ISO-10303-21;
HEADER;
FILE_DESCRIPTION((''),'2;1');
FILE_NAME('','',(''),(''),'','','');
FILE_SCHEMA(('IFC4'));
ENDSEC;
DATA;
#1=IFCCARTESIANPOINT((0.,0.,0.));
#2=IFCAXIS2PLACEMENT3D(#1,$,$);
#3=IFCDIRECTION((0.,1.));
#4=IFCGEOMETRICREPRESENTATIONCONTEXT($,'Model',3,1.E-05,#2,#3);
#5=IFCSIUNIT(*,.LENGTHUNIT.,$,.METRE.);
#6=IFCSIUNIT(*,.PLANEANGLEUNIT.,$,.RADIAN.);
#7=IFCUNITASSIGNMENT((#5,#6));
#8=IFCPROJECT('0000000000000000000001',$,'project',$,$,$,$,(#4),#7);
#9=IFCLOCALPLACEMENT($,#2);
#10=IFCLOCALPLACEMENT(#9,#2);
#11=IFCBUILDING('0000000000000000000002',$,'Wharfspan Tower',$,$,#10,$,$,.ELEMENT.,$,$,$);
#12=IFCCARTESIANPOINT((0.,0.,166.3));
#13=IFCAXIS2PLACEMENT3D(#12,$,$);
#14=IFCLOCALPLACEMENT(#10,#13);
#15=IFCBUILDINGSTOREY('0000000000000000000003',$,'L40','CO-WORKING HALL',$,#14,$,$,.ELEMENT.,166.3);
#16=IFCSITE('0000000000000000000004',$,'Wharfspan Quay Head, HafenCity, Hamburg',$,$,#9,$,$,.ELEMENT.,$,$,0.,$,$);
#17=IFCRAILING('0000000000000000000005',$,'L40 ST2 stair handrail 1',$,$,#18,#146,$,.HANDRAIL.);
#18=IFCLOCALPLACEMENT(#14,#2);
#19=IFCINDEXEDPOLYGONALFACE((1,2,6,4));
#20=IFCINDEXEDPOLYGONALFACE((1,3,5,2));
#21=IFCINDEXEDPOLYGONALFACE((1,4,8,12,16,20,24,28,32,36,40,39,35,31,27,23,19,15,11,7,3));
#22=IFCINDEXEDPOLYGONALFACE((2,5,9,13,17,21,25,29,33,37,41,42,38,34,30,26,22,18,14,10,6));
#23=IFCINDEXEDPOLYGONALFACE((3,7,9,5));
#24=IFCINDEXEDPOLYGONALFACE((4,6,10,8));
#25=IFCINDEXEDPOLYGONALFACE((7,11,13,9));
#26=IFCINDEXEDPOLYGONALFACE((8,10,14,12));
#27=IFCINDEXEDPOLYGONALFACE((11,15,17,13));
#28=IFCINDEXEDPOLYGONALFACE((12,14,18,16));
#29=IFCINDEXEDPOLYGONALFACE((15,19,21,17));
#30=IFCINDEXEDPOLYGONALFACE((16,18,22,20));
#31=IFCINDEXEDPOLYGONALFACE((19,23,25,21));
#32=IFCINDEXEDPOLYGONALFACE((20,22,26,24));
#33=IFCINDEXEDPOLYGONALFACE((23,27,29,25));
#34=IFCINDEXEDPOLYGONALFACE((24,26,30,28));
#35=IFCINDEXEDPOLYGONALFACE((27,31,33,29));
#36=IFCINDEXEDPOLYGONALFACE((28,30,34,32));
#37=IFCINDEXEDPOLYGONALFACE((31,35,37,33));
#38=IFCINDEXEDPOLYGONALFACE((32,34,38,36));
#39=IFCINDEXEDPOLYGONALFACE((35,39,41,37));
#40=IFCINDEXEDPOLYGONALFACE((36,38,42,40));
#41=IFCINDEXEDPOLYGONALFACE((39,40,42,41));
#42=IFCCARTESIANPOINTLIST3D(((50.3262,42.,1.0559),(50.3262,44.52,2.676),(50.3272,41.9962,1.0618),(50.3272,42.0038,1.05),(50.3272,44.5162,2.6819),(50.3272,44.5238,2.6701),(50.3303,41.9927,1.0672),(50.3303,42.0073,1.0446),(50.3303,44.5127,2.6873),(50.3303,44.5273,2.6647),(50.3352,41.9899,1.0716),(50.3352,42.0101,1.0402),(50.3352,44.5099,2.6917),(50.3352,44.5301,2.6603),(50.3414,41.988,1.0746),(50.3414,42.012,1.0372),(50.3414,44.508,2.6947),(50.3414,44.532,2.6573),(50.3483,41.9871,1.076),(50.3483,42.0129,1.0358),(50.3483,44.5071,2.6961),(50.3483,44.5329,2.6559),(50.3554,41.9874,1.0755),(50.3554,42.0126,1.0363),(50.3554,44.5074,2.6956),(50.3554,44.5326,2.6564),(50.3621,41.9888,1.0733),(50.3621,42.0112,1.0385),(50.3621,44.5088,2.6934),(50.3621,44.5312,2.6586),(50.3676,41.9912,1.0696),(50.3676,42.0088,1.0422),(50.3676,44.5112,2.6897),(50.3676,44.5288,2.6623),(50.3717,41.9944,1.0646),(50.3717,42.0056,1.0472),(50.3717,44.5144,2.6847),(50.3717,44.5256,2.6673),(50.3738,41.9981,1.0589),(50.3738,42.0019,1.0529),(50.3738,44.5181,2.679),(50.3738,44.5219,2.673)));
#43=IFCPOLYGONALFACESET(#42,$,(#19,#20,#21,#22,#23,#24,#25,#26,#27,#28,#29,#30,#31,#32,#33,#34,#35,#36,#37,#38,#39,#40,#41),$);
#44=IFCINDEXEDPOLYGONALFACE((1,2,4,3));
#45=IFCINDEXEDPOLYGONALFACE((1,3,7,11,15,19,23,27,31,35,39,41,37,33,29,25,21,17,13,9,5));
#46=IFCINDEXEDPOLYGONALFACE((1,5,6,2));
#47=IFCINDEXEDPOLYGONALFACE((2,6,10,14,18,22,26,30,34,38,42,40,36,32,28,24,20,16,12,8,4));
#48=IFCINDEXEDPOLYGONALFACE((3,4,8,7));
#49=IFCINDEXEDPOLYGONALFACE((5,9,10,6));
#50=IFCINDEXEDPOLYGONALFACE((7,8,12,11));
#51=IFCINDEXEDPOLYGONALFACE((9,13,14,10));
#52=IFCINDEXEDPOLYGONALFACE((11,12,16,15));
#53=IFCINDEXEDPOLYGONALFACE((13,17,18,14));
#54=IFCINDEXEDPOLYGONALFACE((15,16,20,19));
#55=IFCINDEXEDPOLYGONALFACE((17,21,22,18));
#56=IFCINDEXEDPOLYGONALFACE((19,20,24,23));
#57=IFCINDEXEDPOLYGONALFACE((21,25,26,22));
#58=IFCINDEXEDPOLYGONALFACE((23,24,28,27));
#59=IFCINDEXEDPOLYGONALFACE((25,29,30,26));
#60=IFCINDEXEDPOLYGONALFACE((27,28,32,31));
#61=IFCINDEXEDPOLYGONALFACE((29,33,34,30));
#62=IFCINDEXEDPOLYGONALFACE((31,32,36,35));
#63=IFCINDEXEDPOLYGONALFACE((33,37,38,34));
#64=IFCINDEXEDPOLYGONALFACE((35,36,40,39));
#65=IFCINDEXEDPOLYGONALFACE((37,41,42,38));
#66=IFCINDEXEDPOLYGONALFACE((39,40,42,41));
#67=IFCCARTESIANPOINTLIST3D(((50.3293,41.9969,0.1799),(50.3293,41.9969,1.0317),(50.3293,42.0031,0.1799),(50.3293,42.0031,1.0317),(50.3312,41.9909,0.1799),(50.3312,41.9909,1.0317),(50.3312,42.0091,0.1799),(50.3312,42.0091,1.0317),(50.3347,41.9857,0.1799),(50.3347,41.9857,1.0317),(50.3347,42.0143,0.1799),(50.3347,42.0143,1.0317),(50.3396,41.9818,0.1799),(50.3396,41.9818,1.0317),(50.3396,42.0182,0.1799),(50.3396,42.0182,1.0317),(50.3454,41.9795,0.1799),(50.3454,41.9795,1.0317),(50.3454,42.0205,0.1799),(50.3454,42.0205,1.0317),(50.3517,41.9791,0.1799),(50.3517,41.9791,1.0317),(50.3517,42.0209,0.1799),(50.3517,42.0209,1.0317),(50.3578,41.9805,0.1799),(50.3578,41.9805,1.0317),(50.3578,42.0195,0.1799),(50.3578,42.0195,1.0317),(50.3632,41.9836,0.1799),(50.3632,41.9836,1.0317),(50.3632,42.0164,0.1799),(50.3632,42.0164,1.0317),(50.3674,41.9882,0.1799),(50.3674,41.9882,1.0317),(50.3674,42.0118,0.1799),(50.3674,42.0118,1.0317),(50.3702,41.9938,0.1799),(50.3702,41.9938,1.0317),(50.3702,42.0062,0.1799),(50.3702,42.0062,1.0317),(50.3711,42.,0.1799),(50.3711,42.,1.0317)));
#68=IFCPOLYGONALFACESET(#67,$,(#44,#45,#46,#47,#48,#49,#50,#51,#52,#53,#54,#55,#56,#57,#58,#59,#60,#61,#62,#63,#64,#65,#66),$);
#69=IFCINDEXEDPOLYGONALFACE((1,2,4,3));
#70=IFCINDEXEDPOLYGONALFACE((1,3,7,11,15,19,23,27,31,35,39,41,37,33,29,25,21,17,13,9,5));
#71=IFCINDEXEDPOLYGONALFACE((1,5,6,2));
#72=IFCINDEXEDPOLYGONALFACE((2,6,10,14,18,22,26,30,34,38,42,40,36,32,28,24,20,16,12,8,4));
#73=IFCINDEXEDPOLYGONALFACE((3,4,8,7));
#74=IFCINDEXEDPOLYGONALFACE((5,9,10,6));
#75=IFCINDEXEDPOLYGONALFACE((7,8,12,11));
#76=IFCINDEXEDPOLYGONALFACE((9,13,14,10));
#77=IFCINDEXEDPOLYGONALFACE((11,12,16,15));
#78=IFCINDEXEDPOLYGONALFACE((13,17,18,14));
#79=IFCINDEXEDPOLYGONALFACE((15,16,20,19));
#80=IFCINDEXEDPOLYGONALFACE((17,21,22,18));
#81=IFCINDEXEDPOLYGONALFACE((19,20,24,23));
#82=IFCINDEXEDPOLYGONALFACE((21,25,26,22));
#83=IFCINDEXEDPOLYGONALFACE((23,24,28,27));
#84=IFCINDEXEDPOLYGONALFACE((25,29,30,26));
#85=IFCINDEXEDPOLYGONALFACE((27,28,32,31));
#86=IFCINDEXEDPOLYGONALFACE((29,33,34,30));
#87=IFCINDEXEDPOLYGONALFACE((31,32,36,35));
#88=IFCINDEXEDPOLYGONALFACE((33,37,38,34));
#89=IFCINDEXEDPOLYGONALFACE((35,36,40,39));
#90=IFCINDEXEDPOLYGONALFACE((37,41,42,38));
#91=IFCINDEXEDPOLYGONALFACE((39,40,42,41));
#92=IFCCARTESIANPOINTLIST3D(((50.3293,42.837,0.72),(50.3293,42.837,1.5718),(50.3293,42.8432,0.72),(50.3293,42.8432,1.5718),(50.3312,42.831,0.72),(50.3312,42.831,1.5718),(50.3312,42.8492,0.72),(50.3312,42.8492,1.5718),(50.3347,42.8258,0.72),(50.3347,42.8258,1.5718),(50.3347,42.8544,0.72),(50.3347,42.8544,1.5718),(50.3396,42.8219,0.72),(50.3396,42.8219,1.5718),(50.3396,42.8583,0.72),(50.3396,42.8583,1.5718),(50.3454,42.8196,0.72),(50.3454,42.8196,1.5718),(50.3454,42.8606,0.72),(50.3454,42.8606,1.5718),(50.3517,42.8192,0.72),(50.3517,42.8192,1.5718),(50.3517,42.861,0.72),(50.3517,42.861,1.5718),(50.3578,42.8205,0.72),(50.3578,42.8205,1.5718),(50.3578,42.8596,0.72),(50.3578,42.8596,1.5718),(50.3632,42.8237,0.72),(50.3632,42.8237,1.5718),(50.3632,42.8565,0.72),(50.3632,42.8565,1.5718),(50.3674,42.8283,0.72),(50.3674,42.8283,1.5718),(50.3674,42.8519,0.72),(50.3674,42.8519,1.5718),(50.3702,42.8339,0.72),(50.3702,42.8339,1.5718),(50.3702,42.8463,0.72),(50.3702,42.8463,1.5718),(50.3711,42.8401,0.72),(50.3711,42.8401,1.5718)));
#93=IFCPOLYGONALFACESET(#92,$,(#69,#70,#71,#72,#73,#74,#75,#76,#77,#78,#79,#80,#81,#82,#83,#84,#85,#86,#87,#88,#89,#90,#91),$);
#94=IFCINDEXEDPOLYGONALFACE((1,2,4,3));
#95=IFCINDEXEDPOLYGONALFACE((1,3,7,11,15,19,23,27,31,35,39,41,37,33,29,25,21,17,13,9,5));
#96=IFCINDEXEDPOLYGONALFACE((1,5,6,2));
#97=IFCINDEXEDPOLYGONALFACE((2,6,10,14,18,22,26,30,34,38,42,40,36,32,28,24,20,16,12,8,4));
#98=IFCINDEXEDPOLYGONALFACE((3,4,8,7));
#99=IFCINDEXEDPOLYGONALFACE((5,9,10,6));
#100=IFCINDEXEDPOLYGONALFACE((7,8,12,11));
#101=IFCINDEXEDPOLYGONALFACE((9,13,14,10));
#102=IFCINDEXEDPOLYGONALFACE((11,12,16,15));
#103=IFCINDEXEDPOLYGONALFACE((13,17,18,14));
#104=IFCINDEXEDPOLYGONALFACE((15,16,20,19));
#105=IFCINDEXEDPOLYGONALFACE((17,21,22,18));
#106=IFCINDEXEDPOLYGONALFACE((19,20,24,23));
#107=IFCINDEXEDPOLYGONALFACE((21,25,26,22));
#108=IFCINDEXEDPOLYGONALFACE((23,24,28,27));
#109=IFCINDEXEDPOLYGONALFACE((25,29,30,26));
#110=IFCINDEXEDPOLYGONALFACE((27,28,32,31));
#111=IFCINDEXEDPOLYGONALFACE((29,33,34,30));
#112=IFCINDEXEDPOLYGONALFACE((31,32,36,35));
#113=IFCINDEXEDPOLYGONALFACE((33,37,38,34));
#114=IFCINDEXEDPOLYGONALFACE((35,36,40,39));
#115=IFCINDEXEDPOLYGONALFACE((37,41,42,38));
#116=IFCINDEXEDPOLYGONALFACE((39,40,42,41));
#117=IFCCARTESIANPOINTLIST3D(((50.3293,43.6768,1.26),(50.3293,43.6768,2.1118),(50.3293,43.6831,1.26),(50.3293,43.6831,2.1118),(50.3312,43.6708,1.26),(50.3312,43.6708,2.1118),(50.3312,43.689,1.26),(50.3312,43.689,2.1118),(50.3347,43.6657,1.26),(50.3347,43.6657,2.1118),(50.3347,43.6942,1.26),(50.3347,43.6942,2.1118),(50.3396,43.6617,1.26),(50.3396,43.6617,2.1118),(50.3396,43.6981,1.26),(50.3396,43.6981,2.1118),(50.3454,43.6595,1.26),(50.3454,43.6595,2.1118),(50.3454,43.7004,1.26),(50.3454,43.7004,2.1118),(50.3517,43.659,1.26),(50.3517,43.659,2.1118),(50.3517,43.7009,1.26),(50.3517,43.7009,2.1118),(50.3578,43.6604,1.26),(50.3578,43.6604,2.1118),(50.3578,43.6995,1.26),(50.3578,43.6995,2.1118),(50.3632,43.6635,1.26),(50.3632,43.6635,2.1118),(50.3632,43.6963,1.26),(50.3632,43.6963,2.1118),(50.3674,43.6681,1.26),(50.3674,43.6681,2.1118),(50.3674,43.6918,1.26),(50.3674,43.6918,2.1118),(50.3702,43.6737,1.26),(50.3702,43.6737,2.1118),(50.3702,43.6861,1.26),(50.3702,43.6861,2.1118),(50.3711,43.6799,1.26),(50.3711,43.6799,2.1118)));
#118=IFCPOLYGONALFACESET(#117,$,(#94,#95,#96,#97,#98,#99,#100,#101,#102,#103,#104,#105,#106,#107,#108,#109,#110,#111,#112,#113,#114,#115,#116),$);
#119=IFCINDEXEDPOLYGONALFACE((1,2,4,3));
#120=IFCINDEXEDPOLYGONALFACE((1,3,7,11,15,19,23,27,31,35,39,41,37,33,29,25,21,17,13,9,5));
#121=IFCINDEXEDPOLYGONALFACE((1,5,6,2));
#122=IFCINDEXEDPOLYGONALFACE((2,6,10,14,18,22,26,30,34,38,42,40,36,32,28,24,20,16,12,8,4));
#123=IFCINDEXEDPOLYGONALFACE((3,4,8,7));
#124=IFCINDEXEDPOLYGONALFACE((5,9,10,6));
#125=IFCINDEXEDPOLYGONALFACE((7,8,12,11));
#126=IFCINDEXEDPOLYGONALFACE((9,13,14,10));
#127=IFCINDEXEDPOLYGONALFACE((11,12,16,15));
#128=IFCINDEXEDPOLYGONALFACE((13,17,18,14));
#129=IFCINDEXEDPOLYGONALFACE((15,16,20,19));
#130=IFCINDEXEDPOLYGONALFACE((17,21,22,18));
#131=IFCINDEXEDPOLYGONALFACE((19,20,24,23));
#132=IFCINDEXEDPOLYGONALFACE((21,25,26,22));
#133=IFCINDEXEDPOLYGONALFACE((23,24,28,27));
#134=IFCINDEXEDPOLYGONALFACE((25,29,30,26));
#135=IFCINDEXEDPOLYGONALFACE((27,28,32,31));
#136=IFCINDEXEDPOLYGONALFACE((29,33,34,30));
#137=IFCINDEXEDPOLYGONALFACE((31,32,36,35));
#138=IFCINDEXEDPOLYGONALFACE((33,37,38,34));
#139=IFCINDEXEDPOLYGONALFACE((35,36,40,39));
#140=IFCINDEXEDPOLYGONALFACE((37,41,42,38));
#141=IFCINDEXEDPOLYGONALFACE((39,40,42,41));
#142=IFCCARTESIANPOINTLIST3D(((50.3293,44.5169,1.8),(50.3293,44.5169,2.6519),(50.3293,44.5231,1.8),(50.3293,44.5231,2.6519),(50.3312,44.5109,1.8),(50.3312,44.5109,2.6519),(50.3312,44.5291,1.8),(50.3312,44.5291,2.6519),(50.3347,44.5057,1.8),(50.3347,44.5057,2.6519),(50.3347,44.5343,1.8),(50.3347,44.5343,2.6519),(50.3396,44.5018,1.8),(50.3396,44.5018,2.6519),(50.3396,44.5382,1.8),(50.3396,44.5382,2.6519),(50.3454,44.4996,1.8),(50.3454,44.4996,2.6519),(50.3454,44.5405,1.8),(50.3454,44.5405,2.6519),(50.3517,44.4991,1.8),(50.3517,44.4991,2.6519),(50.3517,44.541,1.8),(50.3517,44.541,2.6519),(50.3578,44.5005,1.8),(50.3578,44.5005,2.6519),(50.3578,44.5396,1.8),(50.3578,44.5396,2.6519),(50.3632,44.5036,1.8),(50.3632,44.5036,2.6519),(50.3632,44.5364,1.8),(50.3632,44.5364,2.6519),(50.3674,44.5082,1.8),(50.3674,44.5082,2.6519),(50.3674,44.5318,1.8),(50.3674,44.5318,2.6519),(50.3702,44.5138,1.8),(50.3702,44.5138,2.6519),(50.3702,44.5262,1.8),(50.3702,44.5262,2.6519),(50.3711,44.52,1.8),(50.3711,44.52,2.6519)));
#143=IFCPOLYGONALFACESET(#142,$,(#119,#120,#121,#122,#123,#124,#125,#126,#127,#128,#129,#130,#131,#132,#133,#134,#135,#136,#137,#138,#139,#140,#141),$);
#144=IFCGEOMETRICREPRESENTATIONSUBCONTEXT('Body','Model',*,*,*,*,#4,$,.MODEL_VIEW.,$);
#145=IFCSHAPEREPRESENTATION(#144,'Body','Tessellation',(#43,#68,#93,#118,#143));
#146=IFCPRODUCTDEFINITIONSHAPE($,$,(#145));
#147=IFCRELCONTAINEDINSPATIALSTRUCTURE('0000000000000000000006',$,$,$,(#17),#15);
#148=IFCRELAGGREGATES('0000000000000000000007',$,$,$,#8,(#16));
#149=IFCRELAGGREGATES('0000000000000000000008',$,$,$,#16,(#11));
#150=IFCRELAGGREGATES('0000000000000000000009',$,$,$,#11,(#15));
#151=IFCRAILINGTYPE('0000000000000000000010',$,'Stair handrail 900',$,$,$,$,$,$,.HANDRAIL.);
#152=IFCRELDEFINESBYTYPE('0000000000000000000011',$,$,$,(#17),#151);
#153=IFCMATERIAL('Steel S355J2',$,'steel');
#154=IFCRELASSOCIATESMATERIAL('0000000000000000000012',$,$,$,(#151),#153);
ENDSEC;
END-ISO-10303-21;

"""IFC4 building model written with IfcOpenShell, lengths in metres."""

from ifc_helpers import new_model, si_unit, direction, frame, origin, origin_2d, place, context, subcontext, project, spatial, circle, extrude, material, type_object, element, save


model = new_model("IFC4")

# Units and contexts
model_context = context("Model", 3, precision=1e-05, world=origin(), true_north=direction((0.0, 1.0)))
body_context = subcontext(model_context, "Body", "Model", "MODEL_VIEW")
ifc_project = project(units=[si_unit("LENGTHUNIT", "METRE"), si_unit("PLANEANGLEUNIT", "RADIAN")], contexts=[model_context])

# Site, building, storey
site_placement = place(None, origin())
site = spatial("IfcSite", under=ifc_project, at=site_placement, Name="Wharfspan Quay Head, HafenCity, Hamburg", CompositionType="ELEMENT", RefElevation=0.0)
building_placement = place(site_placement, origin())
building = spatial("IfcBuilding", under=site, at=building_placement, Name="Wharfspan Tower", CompositionType="ELEMENT")
storey_placement = place(building_placement, frame((0.0, 0.0, 166.3)))
storey = spatial("IfcBuildingStorey", under=building, at=storey_placement, Name="L40", Description="CO-WORKING HALL", CompositionType="ELEMENT", Elevation=166.3)

# Shared definitions
ifc_material_1 = material(Name="Steel S355J2", Category="steel")

# Railing
railing_type_1 = type_object("IfcRailingType", Name="Stair handrail 900", PredefinedType="HANDRAIL", material=ifc_material_1)
railing_1_placement = place(storey_placement, frame((50.3501, 42.0, 0.1799)))
element("IfcRailing", 1, at=railing_1_placement, inside=storey, type_object=railing_type_1, Name="L40 ST2 stair handrail 1", PredefinedType="HANDRAIL", context=body_context, shape_type="SweptSolid", body=[
    extrude(circle(Radius=0.0239, at=origin_2d()), frame((0.0, 0.0, 0.876), z_axis=(0.0, 0.841163, 0.540782), x_axis=(-1.0, 0.0, 0.0)), (0.0, 0.0, 1.0), 2.9958),
    extrude(circle(Radius=0.021, at=origin_2d()), origin(), (0.0, 0.0, 1.0), 0.8518),
    extrude(circle(Radius=0.021, at=origin_2d()), frame((0.0, 0.8401, 0.54)), (0.0, 0.0, 1.0), 0.8518),
    extrude(circle(Radius=0.021, at=origin_2d()), frame((0.0, 1.6799, 1.0801)), (0.0, 0.0, 1.0), 0.8518),
    extrude(circle(Radius=0.021, at=origin_2d()), frame((0.0, 2.52, 1.6201)), (0.0, 0.0, 1.0), 0.8518),
])

save(model, "model.ifc")
